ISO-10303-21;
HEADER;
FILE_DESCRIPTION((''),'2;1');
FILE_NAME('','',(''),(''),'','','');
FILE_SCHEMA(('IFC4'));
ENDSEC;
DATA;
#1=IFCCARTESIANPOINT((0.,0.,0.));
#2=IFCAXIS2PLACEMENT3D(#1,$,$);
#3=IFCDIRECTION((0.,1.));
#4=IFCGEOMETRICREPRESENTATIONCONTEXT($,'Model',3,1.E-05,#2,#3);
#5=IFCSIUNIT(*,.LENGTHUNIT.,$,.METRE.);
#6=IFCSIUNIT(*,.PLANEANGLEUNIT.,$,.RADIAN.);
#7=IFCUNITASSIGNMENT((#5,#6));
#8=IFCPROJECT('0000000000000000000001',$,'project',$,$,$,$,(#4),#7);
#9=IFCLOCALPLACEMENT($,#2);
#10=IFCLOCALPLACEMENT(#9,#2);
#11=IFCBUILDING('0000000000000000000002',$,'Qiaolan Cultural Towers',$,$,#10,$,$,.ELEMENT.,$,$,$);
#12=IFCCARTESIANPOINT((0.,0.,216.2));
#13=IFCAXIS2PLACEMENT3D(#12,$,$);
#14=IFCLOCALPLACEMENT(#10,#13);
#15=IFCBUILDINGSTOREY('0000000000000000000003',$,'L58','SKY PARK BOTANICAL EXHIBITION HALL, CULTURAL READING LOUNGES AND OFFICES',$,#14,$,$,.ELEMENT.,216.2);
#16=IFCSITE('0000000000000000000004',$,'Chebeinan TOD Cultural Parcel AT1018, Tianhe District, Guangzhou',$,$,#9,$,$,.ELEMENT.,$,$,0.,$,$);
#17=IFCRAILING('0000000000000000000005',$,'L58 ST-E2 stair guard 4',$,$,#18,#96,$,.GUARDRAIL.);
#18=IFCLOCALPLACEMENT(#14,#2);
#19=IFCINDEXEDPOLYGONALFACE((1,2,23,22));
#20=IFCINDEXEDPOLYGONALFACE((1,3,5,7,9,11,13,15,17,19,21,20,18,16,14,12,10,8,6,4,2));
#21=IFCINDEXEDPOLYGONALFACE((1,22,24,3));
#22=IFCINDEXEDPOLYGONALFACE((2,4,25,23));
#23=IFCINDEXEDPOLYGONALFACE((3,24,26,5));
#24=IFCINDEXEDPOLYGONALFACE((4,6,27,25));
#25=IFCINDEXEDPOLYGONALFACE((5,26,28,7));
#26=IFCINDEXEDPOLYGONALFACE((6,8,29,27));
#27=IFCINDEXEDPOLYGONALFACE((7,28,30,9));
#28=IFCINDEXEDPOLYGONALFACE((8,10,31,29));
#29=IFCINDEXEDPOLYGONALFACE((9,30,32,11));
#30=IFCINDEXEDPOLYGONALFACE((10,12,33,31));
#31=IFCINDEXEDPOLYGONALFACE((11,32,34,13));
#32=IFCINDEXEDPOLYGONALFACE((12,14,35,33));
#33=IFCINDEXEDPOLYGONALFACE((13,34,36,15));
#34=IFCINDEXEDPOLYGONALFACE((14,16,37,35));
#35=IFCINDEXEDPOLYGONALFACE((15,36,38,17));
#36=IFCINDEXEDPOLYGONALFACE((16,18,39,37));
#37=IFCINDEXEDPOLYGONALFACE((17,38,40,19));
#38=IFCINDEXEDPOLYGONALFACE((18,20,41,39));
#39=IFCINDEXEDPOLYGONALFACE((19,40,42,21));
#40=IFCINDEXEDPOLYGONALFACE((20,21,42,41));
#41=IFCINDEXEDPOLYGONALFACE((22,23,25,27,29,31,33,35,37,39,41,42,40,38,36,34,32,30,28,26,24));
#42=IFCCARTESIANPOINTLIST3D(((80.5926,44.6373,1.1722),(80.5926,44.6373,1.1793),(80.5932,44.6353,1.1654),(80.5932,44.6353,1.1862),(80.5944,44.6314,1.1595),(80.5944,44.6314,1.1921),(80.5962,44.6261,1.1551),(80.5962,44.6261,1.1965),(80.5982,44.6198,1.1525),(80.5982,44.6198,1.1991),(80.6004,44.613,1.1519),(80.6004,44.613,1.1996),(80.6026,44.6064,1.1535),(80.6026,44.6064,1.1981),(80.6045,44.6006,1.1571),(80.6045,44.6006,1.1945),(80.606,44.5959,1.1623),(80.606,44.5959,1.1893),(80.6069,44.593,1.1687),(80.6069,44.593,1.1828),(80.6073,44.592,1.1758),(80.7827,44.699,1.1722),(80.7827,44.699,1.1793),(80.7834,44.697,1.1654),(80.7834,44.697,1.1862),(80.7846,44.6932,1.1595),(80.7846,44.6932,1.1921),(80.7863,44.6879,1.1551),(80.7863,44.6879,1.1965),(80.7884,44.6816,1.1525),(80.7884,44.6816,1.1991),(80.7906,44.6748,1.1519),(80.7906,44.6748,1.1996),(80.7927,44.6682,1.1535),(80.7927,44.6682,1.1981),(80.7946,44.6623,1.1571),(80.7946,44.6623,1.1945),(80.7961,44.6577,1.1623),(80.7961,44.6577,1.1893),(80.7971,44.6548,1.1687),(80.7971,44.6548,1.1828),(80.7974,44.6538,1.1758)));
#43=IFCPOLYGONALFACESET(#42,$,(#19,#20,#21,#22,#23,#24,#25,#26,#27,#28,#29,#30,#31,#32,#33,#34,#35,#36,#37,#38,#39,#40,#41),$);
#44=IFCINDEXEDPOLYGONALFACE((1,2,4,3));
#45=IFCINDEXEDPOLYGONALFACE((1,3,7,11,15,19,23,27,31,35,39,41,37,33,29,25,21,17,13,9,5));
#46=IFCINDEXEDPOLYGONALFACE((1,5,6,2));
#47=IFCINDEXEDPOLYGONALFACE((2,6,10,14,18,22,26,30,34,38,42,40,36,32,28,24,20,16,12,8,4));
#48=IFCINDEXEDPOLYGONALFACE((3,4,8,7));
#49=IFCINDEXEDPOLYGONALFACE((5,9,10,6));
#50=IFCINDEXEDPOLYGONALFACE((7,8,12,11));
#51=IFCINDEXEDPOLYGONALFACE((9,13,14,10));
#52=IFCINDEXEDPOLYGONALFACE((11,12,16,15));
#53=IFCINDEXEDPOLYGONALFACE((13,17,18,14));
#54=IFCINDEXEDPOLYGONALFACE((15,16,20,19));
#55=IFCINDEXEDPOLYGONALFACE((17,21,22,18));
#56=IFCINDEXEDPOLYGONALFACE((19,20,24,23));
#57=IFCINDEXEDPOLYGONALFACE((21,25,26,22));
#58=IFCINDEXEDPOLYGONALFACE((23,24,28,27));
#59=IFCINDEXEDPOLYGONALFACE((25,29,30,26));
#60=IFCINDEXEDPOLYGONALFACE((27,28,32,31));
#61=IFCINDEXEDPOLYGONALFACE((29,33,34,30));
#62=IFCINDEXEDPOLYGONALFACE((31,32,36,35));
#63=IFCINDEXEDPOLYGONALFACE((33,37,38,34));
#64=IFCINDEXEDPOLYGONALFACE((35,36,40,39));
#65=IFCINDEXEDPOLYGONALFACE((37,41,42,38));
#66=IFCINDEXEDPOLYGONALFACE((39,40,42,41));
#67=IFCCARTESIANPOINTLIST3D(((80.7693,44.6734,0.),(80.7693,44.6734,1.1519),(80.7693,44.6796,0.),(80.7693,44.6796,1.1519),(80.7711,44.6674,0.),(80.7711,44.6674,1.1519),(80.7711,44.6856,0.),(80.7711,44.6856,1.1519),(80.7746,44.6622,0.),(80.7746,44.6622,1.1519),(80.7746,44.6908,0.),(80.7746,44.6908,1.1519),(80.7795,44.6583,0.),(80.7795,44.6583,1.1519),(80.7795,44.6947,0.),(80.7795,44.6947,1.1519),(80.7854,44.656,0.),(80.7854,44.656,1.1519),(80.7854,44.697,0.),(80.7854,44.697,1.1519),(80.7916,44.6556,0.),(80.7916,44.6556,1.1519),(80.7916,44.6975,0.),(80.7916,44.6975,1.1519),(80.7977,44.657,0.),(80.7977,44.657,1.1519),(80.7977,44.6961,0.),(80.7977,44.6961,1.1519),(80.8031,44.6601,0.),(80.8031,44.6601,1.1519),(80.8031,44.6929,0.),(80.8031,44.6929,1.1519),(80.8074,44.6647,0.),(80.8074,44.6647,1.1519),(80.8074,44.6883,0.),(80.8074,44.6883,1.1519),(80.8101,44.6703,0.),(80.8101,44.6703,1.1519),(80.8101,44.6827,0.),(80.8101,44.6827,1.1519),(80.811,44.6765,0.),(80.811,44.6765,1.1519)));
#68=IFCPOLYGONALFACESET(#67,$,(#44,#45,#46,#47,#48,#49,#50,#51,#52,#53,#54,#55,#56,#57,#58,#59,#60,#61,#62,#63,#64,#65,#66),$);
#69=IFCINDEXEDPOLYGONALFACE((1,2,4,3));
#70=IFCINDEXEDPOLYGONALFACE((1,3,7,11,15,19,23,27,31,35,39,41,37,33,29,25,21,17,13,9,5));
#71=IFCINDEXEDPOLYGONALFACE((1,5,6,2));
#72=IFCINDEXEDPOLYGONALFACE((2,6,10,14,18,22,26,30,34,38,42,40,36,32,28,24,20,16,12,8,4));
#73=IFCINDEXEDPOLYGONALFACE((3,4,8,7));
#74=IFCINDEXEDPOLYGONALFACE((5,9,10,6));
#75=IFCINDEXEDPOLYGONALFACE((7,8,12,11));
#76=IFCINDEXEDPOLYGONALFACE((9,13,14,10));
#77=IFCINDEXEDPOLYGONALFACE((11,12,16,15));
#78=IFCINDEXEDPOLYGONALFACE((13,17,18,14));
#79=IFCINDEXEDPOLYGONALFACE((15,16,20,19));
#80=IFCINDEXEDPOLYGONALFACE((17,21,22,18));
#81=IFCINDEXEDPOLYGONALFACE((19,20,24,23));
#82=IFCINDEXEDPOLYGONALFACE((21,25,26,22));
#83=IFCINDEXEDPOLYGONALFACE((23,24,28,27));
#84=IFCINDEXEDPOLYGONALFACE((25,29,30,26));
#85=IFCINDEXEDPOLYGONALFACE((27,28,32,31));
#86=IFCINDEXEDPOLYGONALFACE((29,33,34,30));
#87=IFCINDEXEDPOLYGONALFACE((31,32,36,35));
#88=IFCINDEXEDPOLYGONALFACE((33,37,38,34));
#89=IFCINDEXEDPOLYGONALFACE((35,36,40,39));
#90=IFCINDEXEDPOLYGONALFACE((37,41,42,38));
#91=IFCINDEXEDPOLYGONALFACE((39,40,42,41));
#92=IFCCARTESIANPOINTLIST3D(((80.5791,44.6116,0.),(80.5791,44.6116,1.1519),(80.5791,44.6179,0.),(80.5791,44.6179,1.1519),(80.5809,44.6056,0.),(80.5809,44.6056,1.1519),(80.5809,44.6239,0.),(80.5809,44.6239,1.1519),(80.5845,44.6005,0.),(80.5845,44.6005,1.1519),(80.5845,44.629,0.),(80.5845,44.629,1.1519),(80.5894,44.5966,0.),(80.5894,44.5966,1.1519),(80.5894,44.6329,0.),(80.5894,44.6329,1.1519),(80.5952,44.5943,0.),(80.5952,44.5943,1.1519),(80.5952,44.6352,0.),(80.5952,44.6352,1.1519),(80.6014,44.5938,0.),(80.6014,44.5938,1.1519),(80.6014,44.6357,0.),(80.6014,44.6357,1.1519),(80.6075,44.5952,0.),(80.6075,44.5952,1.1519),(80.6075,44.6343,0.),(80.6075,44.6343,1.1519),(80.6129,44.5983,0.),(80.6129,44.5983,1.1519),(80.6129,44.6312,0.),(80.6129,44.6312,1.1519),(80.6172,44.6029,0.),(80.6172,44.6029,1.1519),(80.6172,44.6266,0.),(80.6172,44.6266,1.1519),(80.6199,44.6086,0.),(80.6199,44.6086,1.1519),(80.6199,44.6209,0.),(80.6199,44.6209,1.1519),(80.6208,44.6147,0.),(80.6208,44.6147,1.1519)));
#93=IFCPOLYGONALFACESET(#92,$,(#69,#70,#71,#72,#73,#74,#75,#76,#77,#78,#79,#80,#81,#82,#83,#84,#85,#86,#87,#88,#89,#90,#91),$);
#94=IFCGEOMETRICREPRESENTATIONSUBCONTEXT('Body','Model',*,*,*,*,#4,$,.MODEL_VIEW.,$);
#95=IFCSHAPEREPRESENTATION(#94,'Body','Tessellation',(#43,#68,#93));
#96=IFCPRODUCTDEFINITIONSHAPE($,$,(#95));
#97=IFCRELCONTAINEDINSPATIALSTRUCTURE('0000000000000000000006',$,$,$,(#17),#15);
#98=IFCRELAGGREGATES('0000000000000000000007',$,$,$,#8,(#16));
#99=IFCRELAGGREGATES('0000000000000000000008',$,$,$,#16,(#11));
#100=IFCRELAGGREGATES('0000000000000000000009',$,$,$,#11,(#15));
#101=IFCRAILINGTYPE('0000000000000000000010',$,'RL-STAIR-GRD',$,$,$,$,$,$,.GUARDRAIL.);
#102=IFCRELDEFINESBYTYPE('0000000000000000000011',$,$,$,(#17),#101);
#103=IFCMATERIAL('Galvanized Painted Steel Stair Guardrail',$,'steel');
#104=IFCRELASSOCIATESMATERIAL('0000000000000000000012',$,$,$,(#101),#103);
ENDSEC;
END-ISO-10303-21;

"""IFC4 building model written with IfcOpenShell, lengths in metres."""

from ifc_helpers import new_model, si_unit, direction, frame, origin, origin_2d, place, context, subcontext, project, spatial, circle, extrude, material, type_object, element, save


model = new_model("IFC4")

# Units and contexts
model_context = context("Model", 3, precision=1e-05, world=origin(), true_north=direction((0.0, 1.0)))
body_context = subcontext(model_context, "Body", "Model", "MODEL_VIEW")
ifc_project = project(units=[si_unit("LENGTHUNIT", "METRE"), si_unit("PLANEANGLEUNIT", "RADIAN")], contexts=[model_context])

# Site, building, storey
site_placement = place(None, origin())
site = spatial("IfcSite", under=ifc_project, at=site_placement, Name="Chebeinan TOD Cultural Parcel AT1018, Tianhe District, Guangzhou", CompositionType="ELEMENT", RefElevation=0.0)
building_placement = place(site_placement, origin())
building = spatial("IfcBuilding", under=site, at=building_placement, Name="Qiaolan Cultural Towers", CompositionType="ELEMENT")
storey_placement = place(building_placement, frame((0.0, 0.0, 216.2)))
storey = spatial("IfcBuildingStorey", under=building, at=storey_placement, Name="L58", Description="SKY PARK BOTANICAL EXHIBITION HALL, CULTURAL READING LOUNGES AND OFFICES", CompositionType="ELEMENT", Elevation=216.2)

# Railing
ifc_material_1 = material(Name="Galvanized Painted Steel Stair Guardrail", Category="steel")
railing_type_1 = type_object("IfcRailingType", Name="RL-STAIR-GRD", PredefinedType="GUARDRAIL", material=ifc_material_1)
railing_1_placement = place(storey_placement, frame((80.79, 44.6765, 0.0)))
element("IfcRailing", 1, at=railing_1_placement, inside=storey, type_object=railing_type_1, Name="L58 ST-E2 stair guard 4", PredefinedType="GUARDRAIL", context=body_context, shape_type="SweptSolid", body=[
    extrude(circle(Radius=0.0239, at=origin_2d()), frame((0.0, 0.0, 1.1758), z_axis=(-0.951097, -0.308893, 0.0), x_axis=(0.308893, -0.951097, 0.0)), (0.0, 0.0, 1.0), 0.2),
    extrude(circle(Radius=0.021, at=origin_2d()), origin(), (0.0, 0.0, 1.0), 1.1519),
    extrude(circle(Radius=0.021, at=origin_2d()), frame((-0.1902, -0.0618, 0.0)), (0.0, 0.0, 1.0), 1.1519),
])

save(model, "model.ifc")
